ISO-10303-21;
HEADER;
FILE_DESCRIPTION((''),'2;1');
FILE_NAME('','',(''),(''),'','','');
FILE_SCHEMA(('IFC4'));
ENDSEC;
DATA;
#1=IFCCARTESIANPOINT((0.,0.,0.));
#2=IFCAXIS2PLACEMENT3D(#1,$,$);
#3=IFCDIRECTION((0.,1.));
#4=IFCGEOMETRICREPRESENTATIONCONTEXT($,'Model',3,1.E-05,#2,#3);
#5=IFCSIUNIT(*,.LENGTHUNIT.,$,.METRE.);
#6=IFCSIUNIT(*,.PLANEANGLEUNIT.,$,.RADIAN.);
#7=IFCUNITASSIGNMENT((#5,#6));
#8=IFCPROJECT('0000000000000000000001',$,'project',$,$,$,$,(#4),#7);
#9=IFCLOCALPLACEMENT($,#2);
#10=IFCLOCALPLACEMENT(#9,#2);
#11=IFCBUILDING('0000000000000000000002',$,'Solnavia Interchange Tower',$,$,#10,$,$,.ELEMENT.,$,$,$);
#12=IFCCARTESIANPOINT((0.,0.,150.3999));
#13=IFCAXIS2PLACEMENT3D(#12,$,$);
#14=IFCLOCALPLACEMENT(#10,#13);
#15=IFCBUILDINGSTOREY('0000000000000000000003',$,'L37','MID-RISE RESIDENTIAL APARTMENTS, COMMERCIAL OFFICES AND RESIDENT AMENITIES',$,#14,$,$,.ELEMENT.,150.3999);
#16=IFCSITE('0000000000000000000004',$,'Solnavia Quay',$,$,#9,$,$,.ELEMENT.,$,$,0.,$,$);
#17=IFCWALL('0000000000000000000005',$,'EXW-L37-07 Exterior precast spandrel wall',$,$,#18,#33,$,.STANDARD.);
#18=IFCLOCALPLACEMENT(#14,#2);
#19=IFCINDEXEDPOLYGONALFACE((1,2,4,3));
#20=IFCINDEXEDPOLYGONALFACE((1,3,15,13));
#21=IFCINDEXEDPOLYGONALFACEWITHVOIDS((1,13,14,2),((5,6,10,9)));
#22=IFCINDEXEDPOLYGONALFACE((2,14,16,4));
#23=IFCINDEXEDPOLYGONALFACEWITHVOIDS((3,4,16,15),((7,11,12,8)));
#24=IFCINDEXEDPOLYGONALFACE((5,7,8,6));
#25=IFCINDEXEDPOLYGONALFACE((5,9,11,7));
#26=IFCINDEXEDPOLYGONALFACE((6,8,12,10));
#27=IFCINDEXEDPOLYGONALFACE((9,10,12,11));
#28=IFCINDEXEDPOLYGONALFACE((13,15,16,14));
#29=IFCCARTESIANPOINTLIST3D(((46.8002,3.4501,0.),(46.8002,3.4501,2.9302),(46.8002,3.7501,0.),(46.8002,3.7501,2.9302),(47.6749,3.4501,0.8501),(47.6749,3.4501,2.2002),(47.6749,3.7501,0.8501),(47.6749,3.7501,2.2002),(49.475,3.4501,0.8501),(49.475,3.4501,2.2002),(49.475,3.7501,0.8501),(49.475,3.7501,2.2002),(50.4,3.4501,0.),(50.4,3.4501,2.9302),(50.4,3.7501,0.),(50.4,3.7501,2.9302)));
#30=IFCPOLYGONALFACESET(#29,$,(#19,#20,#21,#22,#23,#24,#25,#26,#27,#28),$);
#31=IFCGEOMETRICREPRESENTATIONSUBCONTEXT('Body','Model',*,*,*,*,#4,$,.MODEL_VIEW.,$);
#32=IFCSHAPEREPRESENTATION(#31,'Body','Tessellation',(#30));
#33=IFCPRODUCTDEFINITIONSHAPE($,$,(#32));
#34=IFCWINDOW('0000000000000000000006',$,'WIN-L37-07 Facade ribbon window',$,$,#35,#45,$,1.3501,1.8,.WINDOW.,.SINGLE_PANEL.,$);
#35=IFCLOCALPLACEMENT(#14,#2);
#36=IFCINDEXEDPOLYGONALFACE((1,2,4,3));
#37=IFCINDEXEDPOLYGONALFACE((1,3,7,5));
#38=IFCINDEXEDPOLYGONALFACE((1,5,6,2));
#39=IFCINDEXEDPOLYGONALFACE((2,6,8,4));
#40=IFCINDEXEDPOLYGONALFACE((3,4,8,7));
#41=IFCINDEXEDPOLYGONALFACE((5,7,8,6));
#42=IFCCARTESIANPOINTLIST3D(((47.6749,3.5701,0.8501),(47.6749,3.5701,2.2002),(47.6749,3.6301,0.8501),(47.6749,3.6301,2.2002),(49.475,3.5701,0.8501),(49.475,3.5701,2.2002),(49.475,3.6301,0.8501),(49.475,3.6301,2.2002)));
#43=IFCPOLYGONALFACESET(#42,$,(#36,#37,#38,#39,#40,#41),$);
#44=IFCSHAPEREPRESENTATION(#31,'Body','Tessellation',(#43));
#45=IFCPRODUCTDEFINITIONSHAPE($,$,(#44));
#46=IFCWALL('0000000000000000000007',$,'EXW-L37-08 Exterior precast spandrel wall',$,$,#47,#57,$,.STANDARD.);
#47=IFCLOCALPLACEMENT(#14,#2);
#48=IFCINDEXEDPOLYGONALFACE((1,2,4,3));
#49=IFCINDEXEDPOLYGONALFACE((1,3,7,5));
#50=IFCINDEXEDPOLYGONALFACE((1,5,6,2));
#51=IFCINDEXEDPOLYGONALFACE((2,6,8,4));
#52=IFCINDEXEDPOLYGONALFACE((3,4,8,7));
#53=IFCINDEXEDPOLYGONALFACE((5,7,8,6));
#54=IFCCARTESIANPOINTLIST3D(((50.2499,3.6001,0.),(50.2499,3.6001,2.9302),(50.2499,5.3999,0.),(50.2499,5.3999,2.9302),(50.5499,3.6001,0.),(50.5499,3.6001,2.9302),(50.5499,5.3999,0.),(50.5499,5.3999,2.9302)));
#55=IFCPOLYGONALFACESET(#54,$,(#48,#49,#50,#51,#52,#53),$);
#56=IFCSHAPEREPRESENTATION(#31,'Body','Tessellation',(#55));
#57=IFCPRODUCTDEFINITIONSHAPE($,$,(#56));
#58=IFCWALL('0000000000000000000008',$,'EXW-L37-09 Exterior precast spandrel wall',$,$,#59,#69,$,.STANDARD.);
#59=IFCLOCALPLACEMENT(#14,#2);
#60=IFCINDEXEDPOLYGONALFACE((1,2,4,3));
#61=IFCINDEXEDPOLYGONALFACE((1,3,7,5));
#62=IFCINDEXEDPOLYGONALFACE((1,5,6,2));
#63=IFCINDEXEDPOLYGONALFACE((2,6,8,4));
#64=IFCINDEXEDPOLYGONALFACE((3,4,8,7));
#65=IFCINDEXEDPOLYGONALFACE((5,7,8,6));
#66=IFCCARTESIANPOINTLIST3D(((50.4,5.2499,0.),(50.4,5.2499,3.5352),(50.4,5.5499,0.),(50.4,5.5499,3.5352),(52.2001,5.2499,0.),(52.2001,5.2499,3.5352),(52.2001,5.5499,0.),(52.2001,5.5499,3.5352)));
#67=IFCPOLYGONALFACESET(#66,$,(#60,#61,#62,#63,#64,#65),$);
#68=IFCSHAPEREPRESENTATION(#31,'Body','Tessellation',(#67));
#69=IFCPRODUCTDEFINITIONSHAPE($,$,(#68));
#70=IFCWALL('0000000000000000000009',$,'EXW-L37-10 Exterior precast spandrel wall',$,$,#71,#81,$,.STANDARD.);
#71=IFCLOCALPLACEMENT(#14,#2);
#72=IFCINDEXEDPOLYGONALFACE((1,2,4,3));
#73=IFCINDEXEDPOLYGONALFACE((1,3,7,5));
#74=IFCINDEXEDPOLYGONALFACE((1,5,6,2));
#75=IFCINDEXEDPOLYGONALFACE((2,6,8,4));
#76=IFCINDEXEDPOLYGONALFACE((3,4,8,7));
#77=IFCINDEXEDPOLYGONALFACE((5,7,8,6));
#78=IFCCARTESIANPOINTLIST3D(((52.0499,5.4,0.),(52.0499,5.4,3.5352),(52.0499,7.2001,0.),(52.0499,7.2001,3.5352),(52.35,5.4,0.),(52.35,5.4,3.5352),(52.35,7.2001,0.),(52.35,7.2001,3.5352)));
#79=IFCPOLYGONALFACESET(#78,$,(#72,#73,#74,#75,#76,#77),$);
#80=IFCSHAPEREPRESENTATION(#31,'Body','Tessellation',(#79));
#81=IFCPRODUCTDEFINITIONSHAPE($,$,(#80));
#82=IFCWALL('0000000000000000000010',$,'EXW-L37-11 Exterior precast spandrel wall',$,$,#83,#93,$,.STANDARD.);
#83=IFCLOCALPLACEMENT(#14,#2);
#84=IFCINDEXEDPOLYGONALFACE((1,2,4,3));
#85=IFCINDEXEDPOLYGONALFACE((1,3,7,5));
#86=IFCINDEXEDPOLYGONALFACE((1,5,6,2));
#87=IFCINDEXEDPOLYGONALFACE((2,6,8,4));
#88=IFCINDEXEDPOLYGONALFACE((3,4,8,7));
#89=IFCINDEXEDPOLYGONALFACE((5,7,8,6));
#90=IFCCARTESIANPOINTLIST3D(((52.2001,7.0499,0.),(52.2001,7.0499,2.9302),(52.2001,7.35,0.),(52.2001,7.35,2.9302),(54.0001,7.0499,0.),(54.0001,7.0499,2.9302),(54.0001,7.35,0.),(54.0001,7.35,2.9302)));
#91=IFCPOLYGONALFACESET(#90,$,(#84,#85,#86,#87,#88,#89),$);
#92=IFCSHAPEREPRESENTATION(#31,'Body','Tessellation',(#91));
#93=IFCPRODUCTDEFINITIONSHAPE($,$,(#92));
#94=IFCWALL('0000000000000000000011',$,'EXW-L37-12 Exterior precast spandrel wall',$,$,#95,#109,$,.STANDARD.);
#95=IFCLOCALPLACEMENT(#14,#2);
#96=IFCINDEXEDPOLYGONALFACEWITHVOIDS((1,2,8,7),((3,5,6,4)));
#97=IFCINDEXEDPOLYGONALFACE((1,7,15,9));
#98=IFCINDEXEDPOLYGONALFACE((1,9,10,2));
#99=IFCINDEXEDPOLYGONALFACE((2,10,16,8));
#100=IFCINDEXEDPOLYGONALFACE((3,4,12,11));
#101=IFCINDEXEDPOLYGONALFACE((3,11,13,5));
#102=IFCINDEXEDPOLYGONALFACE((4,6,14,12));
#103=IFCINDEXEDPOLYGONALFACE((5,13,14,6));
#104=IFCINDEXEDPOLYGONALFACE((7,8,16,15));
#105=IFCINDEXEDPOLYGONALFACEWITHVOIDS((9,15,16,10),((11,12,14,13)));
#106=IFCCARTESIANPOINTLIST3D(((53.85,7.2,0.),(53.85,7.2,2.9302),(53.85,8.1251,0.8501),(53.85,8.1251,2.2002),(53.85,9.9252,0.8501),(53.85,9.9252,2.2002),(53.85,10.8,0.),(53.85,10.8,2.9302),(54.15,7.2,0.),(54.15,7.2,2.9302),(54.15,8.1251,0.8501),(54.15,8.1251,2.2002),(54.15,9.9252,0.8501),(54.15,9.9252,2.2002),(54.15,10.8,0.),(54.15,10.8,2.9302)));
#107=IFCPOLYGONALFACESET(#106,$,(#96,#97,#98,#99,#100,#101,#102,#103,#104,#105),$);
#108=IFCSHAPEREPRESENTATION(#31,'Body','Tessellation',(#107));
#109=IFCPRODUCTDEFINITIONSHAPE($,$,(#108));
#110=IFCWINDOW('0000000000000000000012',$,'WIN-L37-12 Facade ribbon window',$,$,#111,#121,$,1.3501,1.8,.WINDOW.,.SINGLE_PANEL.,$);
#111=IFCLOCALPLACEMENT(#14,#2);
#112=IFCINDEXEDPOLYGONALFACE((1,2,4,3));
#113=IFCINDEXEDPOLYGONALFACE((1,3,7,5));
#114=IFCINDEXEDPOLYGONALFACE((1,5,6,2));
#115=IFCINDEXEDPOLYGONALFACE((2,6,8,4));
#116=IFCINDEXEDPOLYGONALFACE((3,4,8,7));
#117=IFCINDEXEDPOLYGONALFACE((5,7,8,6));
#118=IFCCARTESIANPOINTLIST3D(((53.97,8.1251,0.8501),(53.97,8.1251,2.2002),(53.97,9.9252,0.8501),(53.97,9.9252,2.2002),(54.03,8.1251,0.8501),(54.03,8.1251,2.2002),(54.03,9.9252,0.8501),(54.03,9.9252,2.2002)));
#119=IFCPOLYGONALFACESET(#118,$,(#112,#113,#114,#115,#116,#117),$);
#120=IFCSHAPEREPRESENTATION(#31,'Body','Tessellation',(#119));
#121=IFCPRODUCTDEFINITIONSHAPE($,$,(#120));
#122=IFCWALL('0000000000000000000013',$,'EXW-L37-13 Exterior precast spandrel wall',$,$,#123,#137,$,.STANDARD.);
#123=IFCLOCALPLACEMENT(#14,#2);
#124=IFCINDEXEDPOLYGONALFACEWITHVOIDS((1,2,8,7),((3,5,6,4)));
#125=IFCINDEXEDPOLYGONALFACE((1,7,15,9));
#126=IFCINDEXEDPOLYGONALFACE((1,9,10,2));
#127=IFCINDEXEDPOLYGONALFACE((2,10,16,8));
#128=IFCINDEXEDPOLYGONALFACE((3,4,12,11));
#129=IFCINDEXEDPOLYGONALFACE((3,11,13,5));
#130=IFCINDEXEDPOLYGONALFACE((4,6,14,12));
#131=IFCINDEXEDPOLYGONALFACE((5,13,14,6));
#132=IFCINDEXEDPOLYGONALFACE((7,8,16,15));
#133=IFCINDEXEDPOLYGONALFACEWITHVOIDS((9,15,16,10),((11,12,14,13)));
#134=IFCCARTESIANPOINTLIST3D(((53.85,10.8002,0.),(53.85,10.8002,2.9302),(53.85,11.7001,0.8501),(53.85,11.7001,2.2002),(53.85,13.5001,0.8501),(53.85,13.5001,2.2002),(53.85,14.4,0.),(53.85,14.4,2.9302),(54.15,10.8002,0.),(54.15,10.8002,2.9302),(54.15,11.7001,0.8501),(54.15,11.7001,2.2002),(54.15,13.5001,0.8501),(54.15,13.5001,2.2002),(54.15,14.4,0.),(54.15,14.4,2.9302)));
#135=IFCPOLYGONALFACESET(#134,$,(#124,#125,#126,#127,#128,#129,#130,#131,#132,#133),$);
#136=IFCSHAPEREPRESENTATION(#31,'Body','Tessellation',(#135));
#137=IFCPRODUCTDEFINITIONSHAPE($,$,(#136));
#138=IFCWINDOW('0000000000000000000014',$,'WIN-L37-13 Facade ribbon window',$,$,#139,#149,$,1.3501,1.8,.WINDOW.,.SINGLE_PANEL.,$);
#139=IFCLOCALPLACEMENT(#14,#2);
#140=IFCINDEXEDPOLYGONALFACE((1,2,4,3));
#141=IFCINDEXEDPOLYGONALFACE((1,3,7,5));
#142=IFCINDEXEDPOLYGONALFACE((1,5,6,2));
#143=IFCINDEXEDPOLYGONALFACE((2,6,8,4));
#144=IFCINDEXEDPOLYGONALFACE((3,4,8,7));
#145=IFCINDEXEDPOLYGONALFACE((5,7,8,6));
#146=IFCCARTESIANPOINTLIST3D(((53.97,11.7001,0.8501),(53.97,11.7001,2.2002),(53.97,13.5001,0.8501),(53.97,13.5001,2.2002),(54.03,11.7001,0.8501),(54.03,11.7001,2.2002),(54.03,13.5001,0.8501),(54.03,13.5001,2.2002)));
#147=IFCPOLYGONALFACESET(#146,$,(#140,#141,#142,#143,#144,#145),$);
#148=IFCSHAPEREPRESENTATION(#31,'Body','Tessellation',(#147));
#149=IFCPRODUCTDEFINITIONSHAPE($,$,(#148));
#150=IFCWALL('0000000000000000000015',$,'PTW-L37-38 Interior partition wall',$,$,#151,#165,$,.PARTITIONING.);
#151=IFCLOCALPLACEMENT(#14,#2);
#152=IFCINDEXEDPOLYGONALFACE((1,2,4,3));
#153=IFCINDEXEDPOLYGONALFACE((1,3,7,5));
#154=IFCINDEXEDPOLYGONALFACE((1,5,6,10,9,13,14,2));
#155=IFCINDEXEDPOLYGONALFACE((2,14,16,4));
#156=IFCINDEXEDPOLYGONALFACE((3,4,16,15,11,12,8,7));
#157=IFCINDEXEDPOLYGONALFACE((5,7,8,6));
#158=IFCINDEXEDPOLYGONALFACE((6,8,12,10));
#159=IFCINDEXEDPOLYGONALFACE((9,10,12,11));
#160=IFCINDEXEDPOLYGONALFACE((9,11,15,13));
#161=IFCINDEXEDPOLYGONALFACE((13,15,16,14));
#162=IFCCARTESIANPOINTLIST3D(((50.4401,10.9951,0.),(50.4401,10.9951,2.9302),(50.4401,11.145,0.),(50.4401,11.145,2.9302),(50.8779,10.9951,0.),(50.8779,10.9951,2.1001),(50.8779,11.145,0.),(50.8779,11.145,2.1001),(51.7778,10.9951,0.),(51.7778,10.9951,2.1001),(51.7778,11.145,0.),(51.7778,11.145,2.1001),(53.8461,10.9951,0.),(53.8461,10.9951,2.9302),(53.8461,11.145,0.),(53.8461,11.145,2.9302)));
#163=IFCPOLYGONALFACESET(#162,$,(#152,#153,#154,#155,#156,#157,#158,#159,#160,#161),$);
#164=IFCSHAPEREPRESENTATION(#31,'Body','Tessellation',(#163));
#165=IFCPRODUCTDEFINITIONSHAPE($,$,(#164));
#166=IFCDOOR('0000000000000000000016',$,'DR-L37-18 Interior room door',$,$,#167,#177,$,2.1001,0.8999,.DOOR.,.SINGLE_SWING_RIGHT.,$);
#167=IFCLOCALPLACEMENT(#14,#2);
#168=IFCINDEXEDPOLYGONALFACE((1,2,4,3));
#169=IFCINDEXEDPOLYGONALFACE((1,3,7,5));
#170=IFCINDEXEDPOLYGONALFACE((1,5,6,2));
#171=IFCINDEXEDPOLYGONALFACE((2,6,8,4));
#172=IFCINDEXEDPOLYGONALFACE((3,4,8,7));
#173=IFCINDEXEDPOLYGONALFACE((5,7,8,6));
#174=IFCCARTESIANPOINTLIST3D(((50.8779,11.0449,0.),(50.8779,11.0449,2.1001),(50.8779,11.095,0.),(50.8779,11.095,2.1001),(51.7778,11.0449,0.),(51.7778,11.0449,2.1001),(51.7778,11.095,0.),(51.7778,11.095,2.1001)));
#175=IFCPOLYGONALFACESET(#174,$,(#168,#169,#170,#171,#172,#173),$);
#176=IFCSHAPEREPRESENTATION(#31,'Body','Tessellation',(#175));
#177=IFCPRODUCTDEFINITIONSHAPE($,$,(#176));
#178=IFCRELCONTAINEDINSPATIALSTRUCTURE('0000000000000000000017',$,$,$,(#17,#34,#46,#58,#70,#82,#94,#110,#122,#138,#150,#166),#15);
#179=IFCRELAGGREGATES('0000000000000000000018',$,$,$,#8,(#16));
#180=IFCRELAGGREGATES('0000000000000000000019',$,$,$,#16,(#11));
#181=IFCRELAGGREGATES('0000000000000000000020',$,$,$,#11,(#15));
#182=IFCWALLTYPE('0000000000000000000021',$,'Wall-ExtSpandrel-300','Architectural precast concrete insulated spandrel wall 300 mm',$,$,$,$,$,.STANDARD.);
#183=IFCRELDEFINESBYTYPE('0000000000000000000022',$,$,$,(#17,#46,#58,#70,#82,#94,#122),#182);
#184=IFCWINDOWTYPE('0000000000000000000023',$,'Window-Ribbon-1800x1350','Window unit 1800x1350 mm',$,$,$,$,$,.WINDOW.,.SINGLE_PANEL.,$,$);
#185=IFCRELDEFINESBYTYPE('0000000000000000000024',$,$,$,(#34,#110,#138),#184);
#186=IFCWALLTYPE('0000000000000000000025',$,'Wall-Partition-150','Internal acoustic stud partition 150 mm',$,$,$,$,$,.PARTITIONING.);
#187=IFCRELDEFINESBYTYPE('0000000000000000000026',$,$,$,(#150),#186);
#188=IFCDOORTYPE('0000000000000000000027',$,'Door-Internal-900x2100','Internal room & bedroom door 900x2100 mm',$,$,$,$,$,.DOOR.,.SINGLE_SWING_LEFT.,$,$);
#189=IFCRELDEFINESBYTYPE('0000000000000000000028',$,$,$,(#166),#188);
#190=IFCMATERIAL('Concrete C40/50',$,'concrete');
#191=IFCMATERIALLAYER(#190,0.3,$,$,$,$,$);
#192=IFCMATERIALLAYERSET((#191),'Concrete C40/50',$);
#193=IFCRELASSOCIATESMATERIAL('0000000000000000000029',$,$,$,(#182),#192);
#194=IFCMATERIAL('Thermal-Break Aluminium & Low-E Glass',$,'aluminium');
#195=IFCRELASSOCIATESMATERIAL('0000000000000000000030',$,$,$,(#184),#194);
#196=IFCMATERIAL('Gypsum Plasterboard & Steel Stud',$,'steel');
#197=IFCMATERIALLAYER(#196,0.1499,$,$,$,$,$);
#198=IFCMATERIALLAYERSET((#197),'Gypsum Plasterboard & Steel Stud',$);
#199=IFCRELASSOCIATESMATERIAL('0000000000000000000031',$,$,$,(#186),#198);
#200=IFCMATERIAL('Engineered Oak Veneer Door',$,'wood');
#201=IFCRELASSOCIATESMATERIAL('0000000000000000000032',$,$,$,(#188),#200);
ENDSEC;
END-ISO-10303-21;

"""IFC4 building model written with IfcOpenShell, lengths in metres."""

from ifc_helpers import new_model, si_unit, direction, frame, frame_2d, origin, place, context, subcontext, project, spatial, rectangle, extrude, material, layer, layer_set, type_object, element, fill, save


model = new_model("IFC4")

# Units and contexts
model_context = context("Model", 3, precision=1e-05, world=origin(), true_north=direction((0.0, 1.0)))
body_context = subcontext(model_context, "Body", "Model", "MODEL_VIEW")
ifc_project = project(units=[si_unit("LENGTHUNIT", "METRE"), si_unit("PLANEANGLEUNIT", "RADIAN")], contexts=[model_context])

# Site, building, storey
site_placement = place(None, origin())
site = spatial("IfcSite", under=ifc_project, at=site_placement, Name="Solnavia Quay", CompositionType="ELEMENT", RefElevation=0.0)
building_placement = place(site_placement, origin())
building = spatial("IfcBuilding", under=site, at=building_placement, Name="Solnavia Interchange Tower", CompositionType="ELEMENT")
storey_placement = place(building_placement, frame((0.0, 0.0, 150.3999)))
storey = spatial("IfcBuildingStorey", under=building, at=storey_placement, Name="L37", Description="MID-RISE RESIDENTIAL APARTMENTS, COMMERCIAL OFFICES AND RESIDENT AMENITIES", CompositionType="ELEMENT", Elevation=150.3999)

# Wall, opening, window
ifc_material_1 = material(Name="Concrete C40/50", Category="concrete")
ifc_layer_1 = layer(ifc_material_1, 0.3)
ifc_layer_set_1 = layer_set([ifc_layer_1], Name="Concrete C40/50")
wall_type_1 = type_object("IfcWallType", Name="Wall-ExtSpandrel-300", Description="Architectural precast concrete insulated spandrel wall 300 mm", PredefinedType="STANDARD", material=ifc_layer_set_1)
wall_1_placement = place(storey_placement, frame((50.3999, 3.6001, 0.0), z_axis=(0.0, 0.0, 1.0), x_axis=(-1.0, 0.0, 0.0)))
wall_1 = element("IfcWall", 1, at=wall_1_placement, inside=storey, type_object=wall_type_1, Name="EXW-L37-07 Exterior precast spandrel wall", PredefinedType="STANDARD", context=body_context, shape_type="SweptSolid", body=[
    extrude(rectangle(XDim=3.5999, YDim=0.3, at=frame_2d((1.7998, 0.0))), origin(), (0.0, 0.0, 1.0), 2.9302),
])
opening_1_placement = place(wall_1_placement, frame((0.925, 0.0, 0.8501)))
opening_1 = element("IfcOpeningElement", 2, at=opening_1_placement, cuts=wall_1, PredefinedType="OPENING", context=body_context, shape_type="SweptSolid", body=[
    extrude(rectangle(XDim=1.8, YDim=1.3501, at=frame_2d((0.8999, 0.675))), frame((0.0, 0.1602, 0.0), z_axis=(0.0, -1.0, 0.0), x_axis=(1.0, 0.0, 0.0)), (0.0, 0.0, 1.0), 0.3201),
])
ifc_material_2 = material(Name="Thermal-Break Aluminium & Low-E Glass", Category="aluminium")
window_type = type_object("IfcWindowType", Name="Window-Ribbon-1800x1350", Description="Window unit 1800x1350 mm", PartitioningType="SINGLE_PANEL", PredefinedType="WINDOW", material=ifc_material_2)
window_1_placement = place(opening_1_placement, origin())
window_1 = element("IfcWindow", 3, at=window_1_placement, inside=storey, type_object=window_type, Name="WIN-L37-07 Facade ribbon window", OverallHeight=1.3501, OverallWidth=1.8, PartitioningType="SINGLE_PANEL", PredefinedType="WINDOW", context=body_context, shape_type="SweptSolid", body=[
    extrude(rectangle(XDim=1.8, YDim=1.3501, at=frame_2d((0.8999, 0.675))), frame((0.0, 0.03, 0.0), z_axis=(0.0, -1.0, 0.0), x_axis=(1.0, 0.0, 0.0)), (0.0, 0.0, 1.0), 0.0601),
])
fill(opening_1, window_1)

# Walls
wall_2_placement = place(storey_placement, frame((50.3999, 5.3999, 0.0), z_axis=(0.0, 0.0, 1.0), x_axis=(0.0, -1.0, 0.0)))
element("IfcWall", 4, at=wall_2_placement, inside=storey, type_object=wall_type_1, Name="EXW-L37-08 Exterior precast spandrel wall", PredefinedType="STANDARD", context=body_context, shape_type="SweptSolid", body=[
    extrude(rectangle(XDim=1.7998, YDim=0.3, at=frame_2d((0.8999, 0.0))), origin(), (0.0, 0.0, 1.0), 2.9302),
])
for number, where, z_axis, x_axis, name in (
    (5, (52.2, 5.3999, 0.0), (0.0, 0.0, 1.0), (-1.0, 0.0, 0.0), "EXW-L37-09 Exterior precast spandrel wall"),
    (6, (52.2, 7.2, 0.0), (0.0, 0.0, 1.0), (0.0, -1.0, 0.0), "EXW-L37-10 Exterior precast spandrel wall"),
):
    element("IfcWall", number, at=place(storey_placement, frame(where, z_axis=z_axis, x_axis=x_axis)), inside=storey, type_object=wall_type_1, Name=name, PredefinedType="STANDARD", context=body_context, shape_type="SweptSolid", body=[
        extrude(rectangle(XDim=1.8, YDim=0.3, at=frame_2d((0.8999, 0.0))), origin(), (0.0, 0.0, 1.0), 3.5352),
    ])
wall_3_placement = place(storey_placement, frame((54.0, 7.2, 0.0), z_axis=(0.0, 0.0, 1.0), x_axis=(-1.0, 0.0, 0.0)))
element("IfcWall", 7, at=wall_3_placement, inside=storey, type_object=wall_type_1, Name="EXW-L37-11 Exterior precast spandrel wall", PredefinedType="STANDARD", context=body_context, shape_type="SweptSolid", body=[
    extrude(rectangle(XDim=1.8, YDim=0.3, at=frame_2d((0.8999, 0.0))), origin(), (0.0, 0.0, 1.0), 2.9302),
])

# Walls, openings, windows
wall_4_placement = place(storey_placement, frame((54.0, 10.8, 0.0), z_axis=(0.0, 0.0, 1.0), x_axis=(0.0, -1.0, 0.0)))
wall_4 = element("IfcWall", 8, at=wall_4_placement, inside=storey, type_object=wall_type_1, Name="EXW-L37-12 Exterior precast spandrel wall", PredefinedType="STANDARD", context=body_context, shape_type="SweptSolid", body=[
    extrude(rectangle(XDim=3.6001, YDim=0.3, at=frame_2d((1.8, 0.0))), origin(), (0.0, 0.0, 1.0), 2.9302),
])
opening_2_placement = place(wall_4_placement, frame((0.875, 0.0, 0.8501)))
opening_2 = element("IfcOpeningElement", 9, at=opening_2_placement, cuts=wall_4, PredefinedType="OPENING", context=body_context, shape_type="SweptSolid", body=[
    extrude(rectangle(XDim=1.8, YDim=1.3501, at=frame_2d((0.8999, 0.675))), frame((0.0, 0.1602, 0.0), z_axis=(0.0, -1.0, 0.0), x_axis=(1.0, 0.0, 0.0)), (0.0, 0.0, 1.0), 0.3201),
])
window_2_placement = place(opening_2_placement, origin())
window_2 = element("IfcWindow", 10, at=window_2_placement, inside=storey, type_object=window_type, Name="WIN-L37-12 Facade ribbon window", OverallHeight=1.3501, OverallWidth=1.8, PartitioningType="SINGLE_PANEL", PredefinedType="WINDOW", context=body_context, shape_type="SweptSolid", body=[
    extrude(rectangle(XDim=1.8, YDim=1.3501, at=frame_2d((0.8999, 0.675))), frame((0.0, 0.03, 0.0), z_axis=(0.0, -1.0, 0.0), x_axis=(1.0, 0.0, 0.0)), (0.0, 0.0, 1.0), 0.0601),
])
fill(opening_2, window_2)
wall_5_placement = place(storey_placement, frame((54.0, 14.3999, 0.0), z_axis=(0.0, 0.0, 1.0), x_axis=(0.0, -1.0, 0.0)))
wall_5 = element("IfcWall", 11, at=wall_5_placement, inside=storey, type_object=wall_type_1, Name="EXW-L37-13 Exterior precast spandrel wall", PredefinedType="STANDARD", context=body_context, shape_type="SweptSolid", body=[
    extrude(rectangle(XDim=3.5999, YDim=0.3, at=frame_2d((1.7998, 0.0))), origin(), (0.0, 0.0, 1.0), 2.9302),
])
opening_3_placement = place(wall_5_placement, frame((0.8999, 0.0, 0.8501)))
opening_3 = element("IfcOpeningElement", 12, at=opening_3_placement, cuts=wall_5, PredefinedType="OPENING", context=body_context, shape_type="SweptSolid", body=[
    extrude(rectangle(XDim=1.8, YDim=1.3501, at=frame_2d((0.8999, 0.675))), frame((0.0, 0.1602, 0.0), z_axis=(0.0, -1.0, 0.0), x_axis=(1.0, 0.0, 0.0)), (0.0, 0.0, 1.0), 0.3201),
])
window_3_placement = place(opening_3_placement, origin())
window_3 = element("IfcWindow", 13, at=window_3_placement, inside=storey, type_object=window_type, Name="WIN-L37-13 Facade ribbon window", OverallHeight=1.3501, OverallWidth=1.8, PartitioningType="SINGLE_PANEL", PredefinedType="WINDOW", context=body_context, shape_type="SweptSolid", body=[
    extrude(rectangle(XDim=1.8, YDim=1.3501, at=frame_2d((0.8999, 0.675))), frame((0.0, 0.03, 0.0), z_axis=(0.0, -1.0, 0.0), x_axis=(1.0, 0.0, 0.0)), (0.0, 0.0, 1.0), 0.0601),
])
fill(opening_3, window_3)

# Wall, opening, door
ifc_material_3 = material(Name="Gypsum Plasterboard & Steel Stud", Category="steel")
ifc_layer_2 = layer(ifc_material_3, 0.1499)
ifc_layer_set_2 = layer_set([ifc_layer_2], Name="Gypsum Plasterboard & Steel Stud")
wall_type_2 = type_object("IfcWallType", Name="Wall-Partition-150", Description="Internal acoustic stud partition 150 mm", PredefinedType="PARTITIONING", material=ifc_layer_set_2)
wall_6_placement = place(storey_placement, frame((50.4399, 11.0701, 0.0), z_axis=(0.0, 0.0, 1.0), x_axis=(1.0, 0.0, 0.0)))
wall_6 = element("IfcWall", 14, at=wall_6_placement, inside=storey, type_object=wall_type_2, Name="PTW-L37-38 Interior partition wall", PredefinedType="PARTITIONING", context=body_context, shape_type="SweptSolid", body=[
    extrude(rectangle(XDim=3.406, YDim=0.1499, at=frame_2d((1.7031, 0.0))), origin(), (0.0, 0.0, 1.0), 2.9302),
])
opening_4_placement = place(wall_6_placement, frame((0.438, 0.0, 0.0)))
opening_4 = element("IfcOpeningElement", 15, at=opening_4_placement, cuts=wall_6, PredefinedType="OPENING", context=body_context, shape_type="SweptSolid", body=[
    extrude(rectangle(XDim=0.8999, YDim=2.1001, at=frame_2d((0.45, 1.05))), frame((0.0, 0.085, 0.0), z_axis=(0.0, -1.0, 0.0), x_axis=(1.0, 0.0, 0.0)), (0.0, 0.0, 1.0), 0.1699),
])
ifc_material_4 = material(Name="Engineered Oak Veneer Door", Category="wood")
door_type_1 = type_object("IfcDoorType", Name="Door-Internal-900x2100", Description="Internal room & bedroom door 900x2100 mm", OperationType="SINGLE_SWING_LEFT", PredefinedType="DOOR", material=ifc_material_4)
door_1_placement = place(opening_4_placement, origin())
door_1 = element("IfcDoor", 16, at=door_1_placement, inside=storey, type_object=door_type_1, Name="DR-L37-18 Interior room door", OperationType="SINGLE_SWING_RIGHT", OverallHeight=2.1001, OverallWidth=0.8999, PredefinedType="DOOR", context=body_context, shape_type="SweptSolid", body=[
    extrude(rectangle(XDim=0.8999, YDim=2.1001, at=frame_2d((0.45, 1.05))), frame((0.0, 0.0249, 0.0), z_axis=(0.0, -1.0, 0.0), x_axis=(1.0, 0.0, 0.0)), (0.0, 0.0, 1.0), 0.05),
])
fill(opening_4, door_1)

save(model, "model.ifc")
